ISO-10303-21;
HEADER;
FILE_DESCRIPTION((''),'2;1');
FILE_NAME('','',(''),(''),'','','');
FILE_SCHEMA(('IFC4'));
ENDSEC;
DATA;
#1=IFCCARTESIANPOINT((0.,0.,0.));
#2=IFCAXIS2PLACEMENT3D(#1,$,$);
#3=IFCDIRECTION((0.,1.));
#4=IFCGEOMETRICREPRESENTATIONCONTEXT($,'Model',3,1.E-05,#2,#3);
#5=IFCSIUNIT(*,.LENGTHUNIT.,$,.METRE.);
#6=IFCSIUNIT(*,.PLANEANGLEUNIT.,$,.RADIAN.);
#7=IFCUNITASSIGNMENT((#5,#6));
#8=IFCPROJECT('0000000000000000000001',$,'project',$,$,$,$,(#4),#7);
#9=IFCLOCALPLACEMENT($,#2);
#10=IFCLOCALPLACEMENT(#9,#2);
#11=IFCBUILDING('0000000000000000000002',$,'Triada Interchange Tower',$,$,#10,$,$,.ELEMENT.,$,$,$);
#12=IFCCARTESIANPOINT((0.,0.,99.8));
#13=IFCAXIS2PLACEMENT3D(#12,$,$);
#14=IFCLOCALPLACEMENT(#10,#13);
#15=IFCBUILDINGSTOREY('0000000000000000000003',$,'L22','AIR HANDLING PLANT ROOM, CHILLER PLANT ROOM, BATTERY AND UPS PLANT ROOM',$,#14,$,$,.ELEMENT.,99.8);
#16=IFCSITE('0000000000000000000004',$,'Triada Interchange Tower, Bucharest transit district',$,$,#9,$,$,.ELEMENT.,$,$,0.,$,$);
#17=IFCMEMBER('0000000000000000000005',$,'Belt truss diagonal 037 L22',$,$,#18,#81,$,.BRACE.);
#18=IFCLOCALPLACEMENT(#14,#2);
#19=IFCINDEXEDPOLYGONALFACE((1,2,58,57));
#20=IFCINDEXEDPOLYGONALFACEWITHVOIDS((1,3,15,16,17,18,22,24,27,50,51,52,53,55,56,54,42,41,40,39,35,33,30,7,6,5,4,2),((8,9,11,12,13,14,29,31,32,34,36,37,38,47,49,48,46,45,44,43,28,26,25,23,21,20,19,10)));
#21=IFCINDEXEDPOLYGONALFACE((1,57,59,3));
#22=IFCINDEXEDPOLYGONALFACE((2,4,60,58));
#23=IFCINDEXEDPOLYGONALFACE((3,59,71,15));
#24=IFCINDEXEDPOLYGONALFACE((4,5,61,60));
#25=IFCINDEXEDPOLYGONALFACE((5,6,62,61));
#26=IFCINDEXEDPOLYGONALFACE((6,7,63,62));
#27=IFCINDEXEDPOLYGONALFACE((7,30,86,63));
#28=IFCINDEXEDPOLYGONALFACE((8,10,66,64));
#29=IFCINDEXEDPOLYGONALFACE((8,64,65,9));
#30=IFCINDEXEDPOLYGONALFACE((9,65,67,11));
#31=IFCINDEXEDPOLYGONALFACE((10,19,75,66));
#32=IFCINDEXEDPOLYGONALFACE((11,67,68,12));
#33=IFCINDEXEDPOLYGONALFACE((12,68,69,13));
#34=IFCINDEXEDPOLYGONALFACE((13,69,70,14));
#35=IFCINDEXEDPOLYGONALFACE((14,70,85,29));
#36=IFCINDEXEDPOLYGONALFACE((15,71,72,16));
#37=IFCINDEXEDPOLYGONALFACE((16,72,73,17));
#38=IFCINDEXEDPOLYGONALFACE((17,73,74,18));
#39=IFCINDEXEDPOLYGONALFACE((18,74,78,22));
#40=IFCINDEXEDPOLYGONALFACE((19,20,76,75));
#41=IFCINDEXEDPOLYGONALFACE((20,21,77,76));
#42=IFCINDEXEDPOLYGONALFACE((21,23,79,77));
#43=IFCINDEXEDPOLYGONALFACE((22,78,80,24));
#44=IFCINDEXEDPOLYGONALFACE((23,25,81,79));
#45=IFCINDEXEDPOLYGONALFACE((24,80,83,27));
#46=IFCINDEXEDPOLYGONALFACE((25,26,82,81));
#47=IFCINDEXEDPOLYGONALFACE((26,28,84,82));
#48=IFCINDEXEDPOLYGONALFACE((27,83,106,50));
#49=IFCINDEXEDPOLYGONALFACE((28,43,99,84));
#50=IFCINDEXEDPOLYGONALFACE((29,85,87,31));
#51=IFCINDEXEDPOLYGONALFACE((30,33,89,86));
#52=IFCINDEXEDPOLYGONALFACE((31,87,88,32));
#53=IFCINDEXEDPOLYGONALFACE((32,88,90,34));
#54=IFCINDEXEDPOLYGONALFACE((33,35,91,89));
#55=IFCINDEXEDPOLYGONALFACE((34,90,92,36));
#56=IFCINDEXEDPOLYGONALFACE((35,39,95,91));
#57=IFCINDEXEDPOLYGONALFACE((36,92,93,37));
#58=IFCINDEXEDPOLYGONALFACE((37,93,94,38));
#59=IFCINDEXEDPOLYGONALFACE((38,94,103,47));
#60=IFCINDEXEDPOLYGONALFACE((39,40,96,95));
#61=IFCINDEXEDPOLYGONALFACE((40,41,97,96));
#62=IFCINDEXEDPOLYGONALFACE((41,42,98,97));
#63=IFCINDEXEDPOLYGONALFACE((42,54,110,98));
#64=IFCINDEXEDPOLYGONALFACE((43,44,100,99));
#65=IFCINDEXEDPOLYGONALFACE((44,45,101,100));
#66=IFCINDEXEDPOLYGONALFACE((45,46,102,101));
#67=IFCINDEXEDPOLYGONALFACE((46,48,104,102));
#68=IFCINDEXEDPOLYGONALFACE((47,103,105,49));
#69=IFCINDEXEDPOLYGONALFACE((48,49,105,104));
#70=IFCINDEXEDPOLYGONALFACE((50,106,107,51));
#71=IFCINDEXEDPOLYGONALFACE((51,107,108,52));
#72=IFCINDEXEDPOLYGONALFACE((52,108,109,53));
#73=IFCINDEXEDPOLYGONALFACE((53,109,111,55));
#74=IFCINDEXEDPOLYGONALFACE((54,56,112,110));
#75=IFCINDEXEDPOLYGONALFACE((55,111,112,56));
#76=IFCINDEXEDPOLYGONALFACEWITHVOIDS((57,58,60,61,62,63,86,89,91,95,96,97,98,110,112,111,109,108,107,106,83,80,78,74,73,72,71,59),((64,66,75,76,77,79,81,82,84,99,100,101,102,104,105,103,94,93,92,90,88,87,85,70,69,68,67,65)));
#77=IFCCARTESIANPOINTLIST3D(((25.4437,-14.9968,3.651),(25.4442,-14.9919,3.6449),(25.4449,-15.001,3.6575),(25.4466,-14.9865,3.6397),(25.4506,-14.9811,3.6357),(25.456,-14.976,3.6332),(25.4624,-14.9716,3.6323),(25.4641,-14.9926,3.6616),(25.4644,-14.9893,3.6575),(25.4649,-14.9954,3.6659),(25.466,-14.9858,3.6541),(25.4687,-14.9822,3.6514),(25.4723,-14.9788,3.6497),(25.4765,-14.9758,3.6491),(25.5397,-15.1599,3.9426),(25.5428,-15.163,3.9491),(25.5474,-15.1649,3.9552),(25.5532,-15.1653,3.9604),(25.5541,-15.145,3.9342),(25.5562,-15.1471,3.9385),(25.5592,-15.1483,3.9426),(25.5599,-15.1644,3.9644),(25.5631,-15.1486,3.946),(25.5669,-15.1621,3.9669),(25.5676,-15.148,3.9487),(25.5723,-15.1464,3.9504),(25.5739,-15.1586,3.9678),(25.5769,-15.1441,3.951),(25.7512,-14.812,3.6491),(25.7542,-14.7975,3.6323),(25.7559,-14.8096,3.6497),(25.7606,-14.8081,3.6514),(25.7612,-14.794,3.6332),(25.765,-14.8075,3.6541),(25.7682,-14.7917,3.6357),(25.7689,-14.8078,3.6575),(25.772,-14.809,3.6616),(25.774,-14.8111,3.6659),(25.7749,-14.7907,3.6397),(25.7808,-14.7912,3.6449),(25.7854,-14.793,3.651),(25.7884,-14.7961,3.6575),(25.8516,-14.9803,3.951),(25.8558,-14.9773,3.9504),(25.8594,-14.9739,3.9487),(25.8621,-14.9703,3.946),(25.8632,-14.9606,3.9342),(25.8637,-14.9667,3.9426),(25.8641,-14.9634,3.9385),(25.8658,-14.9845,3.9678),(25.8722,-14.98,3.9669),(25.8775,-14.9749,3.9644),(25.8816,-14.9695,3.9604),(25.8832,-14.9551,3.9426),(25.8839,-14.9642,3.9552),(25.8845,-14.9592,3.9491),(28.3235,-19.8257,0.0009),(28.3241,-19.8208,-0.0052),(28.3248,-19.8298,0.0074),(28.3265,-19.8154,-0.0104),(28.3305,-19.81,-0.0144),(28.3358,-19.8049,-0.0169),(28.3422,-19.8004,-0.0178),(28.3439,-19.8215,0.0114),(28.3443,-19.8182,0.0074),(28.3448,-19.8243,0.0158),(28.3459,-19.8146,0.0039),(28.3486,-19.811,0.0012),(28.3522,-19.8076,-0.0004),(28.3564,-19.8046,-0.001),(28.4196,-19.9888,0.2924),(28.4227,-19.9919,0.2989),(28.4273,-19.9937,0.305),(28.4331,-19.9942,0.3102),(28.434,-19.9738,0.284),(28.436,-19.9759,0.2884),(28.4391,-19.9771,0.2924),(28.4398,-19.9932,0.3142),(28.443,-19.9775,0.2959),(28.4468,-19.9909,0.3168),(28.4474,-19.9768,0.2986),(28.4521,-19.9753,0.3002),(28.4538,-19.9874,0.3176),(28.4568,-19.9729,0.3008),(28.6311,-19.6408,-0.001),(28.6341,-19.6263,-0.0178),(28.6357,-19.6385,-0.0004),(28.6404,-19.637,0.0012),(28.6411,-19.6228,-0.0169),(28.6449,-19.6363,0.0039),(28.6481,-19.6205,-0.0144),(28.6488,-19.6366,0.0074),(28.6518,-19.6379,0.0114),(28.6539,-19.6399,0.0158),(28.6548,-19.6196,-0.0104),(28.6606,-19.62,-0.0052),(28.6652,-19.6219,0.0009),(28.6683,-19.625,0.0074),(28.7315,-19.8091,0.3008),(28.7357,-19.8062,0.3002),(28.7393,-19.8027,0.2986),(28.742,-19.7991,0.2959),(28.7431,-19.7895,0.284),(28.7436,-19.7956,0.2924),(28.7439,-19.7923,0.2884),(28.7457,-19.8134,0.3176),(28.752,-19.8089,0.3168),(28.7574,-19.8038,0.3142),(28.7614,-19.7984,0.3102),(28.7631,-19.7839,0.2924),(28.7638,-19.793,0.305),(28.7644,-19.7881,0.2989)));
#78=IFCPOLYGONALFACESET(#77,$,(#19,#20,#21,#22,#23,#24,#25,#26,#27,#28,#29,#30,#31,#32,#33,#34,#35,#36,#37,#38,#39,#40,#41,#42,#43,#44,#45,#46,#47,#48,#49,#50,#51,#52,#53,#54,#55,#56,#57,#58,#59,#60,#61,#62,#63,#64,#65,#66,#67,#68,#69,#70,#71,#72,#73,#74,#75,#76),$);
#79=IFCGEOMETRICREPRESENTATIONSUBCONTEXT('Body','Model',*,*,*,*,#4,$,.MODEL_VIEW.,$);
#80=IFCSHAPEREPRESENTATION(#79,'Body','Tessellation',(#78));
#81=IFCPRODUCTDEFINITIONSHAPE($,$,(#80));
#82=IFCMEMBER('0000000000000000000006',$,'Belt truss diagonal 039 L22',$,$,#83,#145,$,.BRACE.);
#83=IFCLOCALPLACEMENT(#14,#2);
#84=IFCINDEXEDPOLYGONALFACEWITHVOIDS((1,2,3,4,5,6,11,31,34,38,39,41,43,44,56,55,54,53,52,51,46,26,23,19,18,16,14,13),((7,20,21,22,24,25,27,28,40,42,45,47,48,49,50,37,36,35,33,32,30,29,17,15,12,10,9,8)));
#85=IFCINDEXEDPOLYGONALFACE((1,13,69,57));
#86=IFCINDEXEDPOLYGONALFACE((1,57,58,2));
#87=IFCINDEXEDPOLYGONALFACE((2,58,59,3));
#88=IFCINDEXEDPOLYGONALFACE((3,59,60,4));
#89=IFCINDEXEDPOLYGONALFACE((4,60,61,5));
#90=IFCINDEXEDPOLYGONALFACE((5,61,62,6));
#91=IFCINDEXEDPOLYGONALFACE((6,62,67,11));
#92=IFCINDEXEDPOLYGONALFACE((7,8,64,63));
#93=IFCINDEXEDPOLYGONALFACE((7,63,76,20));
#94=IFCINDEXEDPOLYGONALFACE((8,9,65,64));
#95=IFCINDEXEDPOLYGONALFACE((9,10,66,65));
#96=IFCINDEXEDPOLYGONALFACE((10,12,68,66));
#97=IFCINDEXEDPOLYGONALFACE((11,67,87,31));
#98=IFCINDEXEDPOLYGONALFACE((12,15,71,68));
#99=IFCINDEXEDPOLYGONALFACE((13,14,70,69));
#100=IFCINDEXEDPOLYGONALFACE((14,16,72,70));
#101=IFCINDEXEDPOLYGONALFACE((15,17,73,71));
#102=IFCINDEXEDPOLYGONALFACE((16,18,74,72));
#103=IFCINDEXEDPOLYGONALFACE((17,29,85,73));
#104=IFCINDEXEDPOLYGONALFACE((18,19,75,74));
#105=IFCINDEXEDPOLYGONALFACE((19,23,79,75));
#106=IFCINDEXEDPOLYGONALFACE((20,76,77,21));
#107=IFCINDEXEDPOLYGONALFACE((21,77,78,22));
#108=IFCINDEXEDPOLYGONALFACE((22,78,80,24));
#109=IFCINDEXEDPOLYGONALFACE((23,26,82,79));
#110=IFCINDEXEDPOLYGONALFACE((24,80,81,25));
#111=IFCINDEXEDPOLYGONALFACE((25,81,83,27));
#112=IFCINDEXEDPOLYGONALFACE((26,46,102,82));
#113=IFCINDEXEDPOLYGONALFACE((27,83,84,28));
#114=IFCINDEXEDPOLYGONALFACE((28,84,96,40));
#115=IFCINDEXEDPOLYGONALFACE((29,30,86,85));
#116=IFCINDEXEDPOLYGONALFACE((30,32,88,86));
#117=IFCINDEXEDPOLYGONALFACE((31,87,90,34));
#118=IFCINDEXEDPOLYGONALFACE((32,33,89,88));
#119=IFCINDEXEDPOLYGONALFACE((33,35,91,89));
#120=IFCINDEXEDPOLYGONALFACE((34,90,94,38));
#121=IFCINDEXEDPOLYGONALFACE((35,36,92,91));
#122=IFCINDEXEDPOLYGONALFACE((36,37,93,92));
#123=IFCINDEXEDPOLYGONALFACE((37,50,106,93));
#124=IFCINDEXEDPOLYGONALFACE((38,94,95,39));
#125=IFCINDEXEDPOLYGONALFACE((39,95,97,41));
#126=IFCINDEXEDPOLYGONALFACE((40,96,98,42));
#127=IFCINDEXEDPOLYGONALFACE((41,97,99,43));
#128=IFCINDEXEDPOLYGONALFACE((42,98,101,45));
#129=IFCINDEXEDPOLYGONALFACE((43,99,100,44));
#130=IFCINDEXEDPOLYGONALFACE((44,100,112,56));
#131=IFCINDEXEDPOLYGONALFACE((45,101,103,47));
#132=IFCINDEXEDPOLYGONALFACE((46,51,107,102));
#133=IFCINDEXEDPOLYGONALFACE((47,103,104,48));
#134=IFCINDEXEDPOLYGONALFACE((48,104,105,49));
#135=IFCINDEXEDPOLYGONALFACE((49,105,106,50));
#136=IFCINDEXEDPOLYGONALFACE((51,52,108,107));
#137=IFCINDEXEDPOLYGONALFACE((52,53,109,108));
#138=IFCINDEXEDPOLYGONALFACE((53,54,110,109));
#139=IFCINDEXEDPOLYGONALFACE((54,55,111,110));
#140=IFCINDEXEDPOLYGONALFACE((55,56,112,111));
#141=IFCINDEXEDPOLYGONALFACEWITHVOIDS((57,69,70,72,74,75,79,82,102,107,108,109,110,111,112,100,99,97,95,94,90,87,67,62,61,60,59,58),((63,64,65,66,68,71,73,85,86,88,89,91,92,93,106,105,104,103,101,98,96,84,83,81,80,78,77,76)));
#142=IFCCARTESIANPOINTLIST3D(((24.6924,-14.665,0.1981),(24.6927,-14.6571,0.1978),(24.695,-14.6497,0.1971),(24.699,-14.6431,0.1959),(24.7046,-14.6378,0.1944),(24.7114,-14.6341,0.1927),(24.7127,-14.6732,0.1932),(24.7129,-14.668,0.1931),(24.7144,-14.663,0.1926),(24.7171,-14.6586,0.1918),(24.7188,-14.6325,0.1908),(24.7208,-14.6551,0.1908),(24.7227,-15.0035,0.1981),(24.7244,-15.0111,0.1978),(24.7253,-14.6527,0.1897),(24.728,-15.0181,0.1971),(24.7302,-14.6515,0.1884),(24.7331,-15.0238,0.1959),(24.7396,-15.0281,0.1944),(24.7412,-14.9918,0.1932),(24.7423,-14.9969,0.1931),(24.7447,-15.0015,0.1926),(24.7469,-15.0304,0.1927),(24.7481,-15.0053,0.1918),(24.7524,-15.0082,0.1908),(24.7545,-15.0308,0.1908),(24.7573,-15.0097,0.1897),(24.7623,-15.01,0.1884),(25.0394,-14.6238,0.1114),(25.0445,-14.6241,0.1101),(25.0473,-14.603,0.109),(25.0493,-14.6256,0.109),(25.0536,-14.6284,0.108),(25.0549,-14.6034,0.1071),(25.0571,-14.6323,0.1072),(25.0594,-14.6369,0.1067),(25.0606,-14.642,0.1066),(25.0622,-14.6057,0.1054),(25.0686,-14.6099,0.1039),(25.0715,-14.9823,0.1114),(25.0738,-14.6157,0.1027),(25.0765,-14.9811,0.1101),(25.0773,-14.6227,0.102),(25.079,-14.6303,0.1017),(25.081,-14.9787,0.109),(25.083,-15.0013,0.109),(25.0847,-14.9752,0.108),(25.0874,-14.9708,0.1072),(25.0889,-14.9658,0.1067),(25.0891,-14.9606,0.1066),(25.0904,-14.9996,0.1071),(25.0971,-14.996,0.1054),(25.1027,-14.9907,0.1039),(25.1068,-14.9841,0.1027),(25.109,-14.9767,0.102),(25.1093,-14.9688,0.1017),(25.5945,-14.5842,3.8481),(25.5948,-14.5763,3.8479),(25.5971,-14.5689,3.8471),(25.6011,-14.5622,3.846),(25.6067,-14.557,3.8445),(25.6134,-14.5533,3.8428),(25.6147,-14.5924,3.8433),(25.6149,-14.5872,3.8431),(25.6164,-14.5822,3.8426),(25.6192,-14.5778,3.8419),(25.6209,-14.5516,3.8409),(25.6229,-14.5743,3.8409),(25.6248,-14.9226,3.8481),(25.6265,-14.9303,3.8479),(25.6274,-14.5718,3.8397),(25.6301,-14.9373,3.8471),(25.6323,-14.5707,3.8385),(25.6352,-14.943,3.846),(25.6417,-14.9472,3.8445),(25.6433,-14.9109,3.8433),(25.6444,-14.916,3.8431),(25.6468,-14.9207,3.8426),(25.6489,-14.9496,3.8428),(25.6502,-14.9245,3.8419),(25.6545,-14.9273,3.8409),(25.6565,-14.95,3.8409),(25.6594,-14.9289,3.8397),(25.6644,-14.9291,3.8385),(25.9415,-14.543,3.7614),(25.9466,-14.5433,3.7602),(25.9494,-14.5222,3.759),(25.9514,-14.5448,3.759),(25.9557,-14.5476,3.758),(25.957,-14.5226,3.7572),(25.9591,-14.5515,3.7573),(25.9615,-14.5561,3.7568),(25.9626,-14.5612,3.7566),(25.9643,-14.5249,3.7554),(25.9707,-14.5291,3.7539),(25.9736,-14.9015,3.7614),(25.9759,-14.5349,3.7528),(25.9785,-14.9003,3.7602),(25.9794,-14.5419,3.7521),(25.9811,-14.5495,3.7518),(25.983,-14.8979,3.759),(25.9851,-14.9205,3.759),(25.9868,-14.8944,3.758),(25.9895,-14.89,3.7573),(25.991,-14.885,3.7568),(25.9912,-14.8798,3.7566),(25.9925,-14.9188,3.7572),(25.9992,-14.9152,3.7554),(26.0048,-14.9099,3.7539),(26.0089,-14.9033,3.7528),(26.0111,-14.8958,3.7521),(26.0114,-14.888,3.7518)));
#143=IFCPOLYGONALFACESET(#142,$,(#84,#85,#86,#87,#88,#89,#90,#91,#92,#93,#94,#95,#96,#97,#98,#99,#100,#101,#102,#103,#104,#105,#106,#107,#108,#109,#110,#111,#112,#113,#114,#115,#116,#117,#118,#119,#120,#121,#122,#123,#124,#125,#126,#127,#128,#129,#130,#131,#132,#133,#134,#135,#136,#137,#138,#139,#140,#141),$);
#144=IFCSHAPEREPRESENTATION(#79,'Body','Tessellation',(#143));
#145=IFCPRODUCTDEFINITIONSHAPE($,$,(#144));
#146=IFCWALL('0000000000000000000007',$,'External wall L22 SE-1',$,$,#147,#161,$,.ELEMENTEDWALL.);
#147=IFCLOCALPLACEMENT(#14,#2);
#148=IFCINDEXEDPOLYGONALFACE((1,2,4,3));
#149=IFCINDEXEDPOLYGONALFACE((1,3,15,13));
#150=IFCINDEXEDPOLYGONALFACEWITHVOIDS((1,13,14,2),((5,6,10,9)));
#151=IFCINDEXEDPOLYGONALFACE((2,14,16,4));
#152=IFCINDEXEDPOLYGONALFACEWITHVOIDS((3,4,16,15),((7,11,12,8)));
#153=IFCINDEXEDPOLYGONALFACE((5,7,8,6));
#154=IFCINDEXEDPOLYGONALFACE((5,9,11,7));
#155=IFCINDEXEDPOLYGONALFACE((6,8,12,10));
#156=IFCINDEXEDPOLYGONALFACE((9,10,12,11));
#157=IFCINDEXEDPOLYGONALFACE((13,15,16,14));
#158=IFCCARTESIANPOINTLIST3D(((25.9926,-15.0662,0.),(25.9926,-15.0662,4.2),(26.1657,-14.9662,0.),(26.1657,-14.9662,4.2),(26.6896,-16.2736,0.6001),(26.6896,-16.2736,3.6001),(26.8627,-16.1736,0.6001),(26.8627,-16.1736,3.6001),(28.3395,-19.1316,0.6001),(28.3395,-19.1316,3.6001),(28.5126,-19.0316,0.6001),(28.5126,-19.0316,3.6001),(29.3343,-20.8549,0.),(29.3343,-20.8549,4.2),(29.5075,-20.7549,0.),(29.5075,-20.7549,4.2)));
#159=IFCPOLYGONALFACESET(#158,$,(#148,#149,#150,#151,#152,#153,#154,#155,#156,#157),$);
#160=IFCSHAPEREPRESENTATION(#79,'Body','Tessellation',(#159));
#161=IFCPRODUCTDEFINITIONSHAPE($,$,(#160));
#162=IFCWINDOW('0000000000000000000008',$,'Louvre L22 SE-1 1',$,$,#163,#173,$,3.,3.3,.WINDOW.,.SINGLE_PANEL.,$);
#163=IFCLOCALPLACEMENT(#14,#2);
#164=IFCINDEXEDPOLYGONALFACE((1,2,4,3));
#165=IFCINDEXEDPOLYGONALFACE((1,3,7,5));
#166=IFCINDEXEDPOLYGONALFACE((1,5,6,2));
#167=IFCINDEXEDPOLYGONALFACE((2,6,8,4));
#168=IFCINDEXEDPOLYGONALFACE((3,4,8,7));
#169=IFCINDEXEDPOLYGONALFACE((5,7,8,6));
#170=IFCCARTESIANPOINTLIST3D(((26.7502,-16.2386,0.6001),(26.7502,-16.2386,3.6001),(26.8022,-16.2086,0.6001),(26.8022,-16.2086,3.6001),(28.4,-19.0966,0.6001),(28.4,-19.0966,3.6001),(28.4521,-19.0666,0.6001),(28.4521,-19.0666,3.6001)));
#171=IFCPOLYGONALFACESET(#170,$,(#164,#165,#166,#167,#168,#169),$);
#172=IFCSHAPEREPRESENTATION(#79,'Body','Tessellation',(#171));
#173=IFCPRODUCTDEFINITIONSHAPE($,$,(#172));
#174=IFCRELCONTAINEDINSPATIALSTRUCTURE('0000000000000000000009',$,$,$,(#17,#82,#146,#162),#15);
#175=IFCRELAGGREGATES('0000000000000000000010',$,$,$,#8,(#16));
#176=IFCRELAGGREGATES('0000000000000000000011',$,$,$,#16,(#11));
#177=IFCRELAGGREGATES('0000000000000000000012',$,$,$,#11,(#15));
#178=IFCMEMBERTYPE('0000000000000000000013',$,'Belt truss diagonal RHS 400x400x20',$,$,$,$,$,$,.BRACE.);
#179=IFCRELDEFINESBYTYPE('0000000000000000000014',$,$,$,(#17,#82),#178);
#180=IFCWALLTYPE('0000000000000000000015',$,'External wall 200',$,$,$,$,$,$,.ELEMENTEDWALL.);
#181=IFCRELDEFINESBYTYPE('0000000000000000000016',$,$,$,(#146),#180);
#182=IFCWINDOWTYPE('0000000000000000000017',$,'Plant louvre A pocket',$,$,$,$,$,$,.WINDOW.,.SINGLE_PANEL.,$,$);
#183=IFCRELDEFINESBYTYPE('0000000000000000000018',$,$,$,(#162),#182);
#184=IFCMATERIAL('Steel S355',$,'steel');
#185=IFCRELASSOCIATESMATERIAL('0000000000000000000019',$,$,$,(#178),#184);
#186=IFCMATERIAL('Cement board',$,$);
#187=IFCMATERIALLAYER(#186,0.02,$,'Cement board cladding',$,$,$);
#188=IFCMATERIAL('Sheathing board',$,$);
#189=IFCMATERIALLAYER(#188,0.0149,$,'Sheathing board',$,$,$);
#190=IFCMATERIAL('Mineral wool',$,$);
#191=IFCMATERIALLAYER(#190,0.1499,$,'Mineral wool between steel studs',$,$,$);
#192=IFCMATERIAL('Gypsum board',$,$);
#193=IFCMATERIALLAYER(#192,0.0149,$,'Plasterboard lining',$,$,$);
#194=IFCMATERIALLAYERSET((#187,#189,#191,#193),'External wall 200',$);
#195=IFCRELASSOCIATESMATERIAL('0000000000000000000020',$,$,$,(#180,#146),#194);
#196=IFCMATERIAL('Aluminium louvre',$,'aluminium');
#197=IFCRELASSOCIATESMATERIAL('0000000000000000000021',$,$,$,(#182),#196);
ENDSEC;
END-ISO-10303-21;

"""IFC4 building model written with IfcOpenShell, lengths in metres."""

from ifc_helpers import new_model, si_unit, direction, frame, frame_2d, origin, origin_2d, place, context, subcontext, project, spatial, rectangle, hollow_rectangle, extrude, material, layer, layer_set, layer_usage, material_profile, profile_set, type_object, element, fill, save


model = new_model("IFC4")

# Units and contexts
model_context = context("Model", 3, precision=1e-05, world=origin(), true_north=direction((0.0, 1.0)))
body_context = subcontext(model_context, "Body", "Model", "MODEL_VIEW")
ifc_project = project(units=[si_unit("LENGTHUNIT", "METRE"), si_unit("PLANEANGLEUNIT", "RADIAN")], contexts=[model_context])

# Site, building, storey
site_placement = place(None, origin())
site = spatial("IfcSite", under=ifc_project, at=site_placement, Name="Triada Interchange Tower, Bucharest transit district", CompositionType="ELEMENT", RefElevation=0.0)
building_placement = place(site_placement, origin())
building = spatial("IfcBuilding", under=site, at=building_placement, Name="Triada Interchange Tower", CompositionType="ELEMENT")
storey_placement = place(building_placement, frame((0.0, 0.0, 99.8)))
storey = spatial("IfcBuildingStorey", under=building, at=storey_placement, Name="L22", Description="AIR HANDLING PLANT ROOM, CHILLER PLANT ROOM, BATTERY AND UPS PLANT ROOM", CompositionType="ELEMENT", Elevation=99.8)

# Members
ifc_material_1 = material(Name="Steel S355", Category="steel")
ifc_material_profile_1 = material_profile(ifc_material_1, hollow_rectangle(XDim=0.3999, YDim=0.3999, WallThickness=0.02, InnerFilletRadius=0.02, OuterFilletRadius=0.03, at=origin_2d()), Name="RHS 400x400x20")
ifc_profile_set_1 = profile_set([ifc_material_profile_1], Name="Steel S355")
member_type = type_object("IfcMemberType", Name="Belt truss diagonal RHS 400x400x20", PredefinedType="BRACE", material=ifc_profile_set_1)
member_1_placement = place(storey_placement, frame((28.5439, -19.8069, 0.1499), z_axis=(-0.429617, 0.720363, 0.544524), x_axis=(-0.858858, -0.512214, 0.0)))
element("IfcMember", 1, at=member_1_placement, inside=storey, type_object=member_type, Name="Belt truss diagonal 037 L22", PredefinedType="BRACE", context=body_context, shape_type="SweptSolid", body=[
    extrude(hollow_rectangle(XDim=0.3999, YDim=0.3999, WallThickness=0.02, InnerFilletRadius=0.02, OuterFilletRadius=0.03, at=origin_2d()), origin(), (0.0, 0.0, 1.0), 6.7034),
])
member_2_placement = place(storey_placement, frame((24.9009, -14.8169, 0.1499), z_axis=(0.239867, 0.021487, 0.970568), x_axis=(-0.089223, 0.996012, 0.0)))
element("IfcMember", 2, at=member_2_placement, inside=storey, type_object=member_type, Name="Belt truss diagonal 039 L22", PredefinedType="BRACE", context=body_context, shape_type="SweptSolid", body=[
    extrude(hollow_rectangle(XDim=0.3999, YDim=0.3999, WallThickness=0.02, InnerFilletRadius=0.02, OuterFilletRadius=0.03, at=origin_2d()), origin(), (0.0, 0.0, 1.0), 3.7607),
])

# Wall, opening, window
ifc_material_2 = material(Name="Cement board")
ifc_layer_1 = layer(ifc_material_2, 0.02, Name="Cement board cladding")
ifc_material_3 = material(Name="Sheathing board")
ifc_layer_2 = layer(ifc_material_3, 0.0149, Name="Sheathing board")
ifc_material_4 = material(Name="Mineral wool")
ifc_layer_3 = layer(ifc_material_4, 0.1499, Name="Mineral wool between steel studs")
ifc_material_5 = material(Name="Gypsum board")
ifc_layer_4 = layer(ifc_material_5, 0.0149, Name="Plasterboard lining")
ifc_layer_set_1 = layer_set([ifc_layer_1, ifc_layer_2, ifc_layer_3, ifc_layer_4], Name="External wall 200")
ifc_layer_usage = layer_usage(ifc_layer_set_1, "AXIS2", "POSITIVE", -0.1001)
wall_type = type_object("IfcWallType", Name="External wall 200", PredefinedType="ELEMENTEDWALL", material=ifc_layer_set_1)
wall_1_placement = place(storey_placement, frame((29.4209, -20.8049, 0.0), z_axis=(0.0, 0.0, 1.0), x_axis=(-0.499957, 0.86605, 0.0)))
wall_1 = element("IfcWall", 3, at=wall_1_placement, inside=storey, type_object=wall_type, material=ifc_layer_usage, Name="External wall L22 SE-1", PredefinedType="ELEMENTEDWALL", context=body_context, shape_type="SweptSolid", body=[
    extrude(rectangle(XDim=6.6841, YDim=0.2, at=frame_2d((3.342, 0.0))), origin(), (0.0, 0.0, 1.0), 4.2),
])
opening_1_placement = place(wall_1_placement, frame((1.99, 0.0, 0.6001)))
opening_1 = element("IfcOpeningElement", 4, at=opening_1_placement, cuts=wall_1, PredefinedType="OPENING", context=body_context, shape_type="SweptSolid", body=[
    extrude(rectangle(XDim=3.3, YDim=3.0, at=frame_2d((1.6499, 1.5))), frame((0.0, 0.1099, 0.0), z_axis=(0.0, -1.0, 0.0), x_axis=(1.0, 0.0, 0.0)), (0.0, 0.0, 1.0), 0.22),
])
ifc_material_6 = material(Name="Aluminium louvre", Category="aluminium")
window_type_1 = type_object("IfcWindowType", Name="Plant louvre A pocket", PartitioningType="SINGLE_PANEL", PredefinedType="WINDOW", material=ifc_material_6)
window_1_placement = place(opening_1_placement, origin())
window_1 = element("IfcWindow", 5, at=window_1_placement, inside=storey, type_object=window_type_1, Name="Louvre L22 SE-1 1", OverallHeight=3.0, OverallWidth=3.3, PartitioningType="SINGLE_PANEL", PredefinedType="WINDOW", context=body_context, shape_type="SweptSolid", body=[
    extrude(rectangle(XDim=3.3, YDim=3.0, at=frame_2d((1.6499, 1.5))), frame((0.0, 0.03, 0.0), z_axis=(0.0, -1.0, 0.0), x_axis=(1.0, 0.0, 0.0)), (0.0, 0.0, 1.0), 0.0601),
])
fill(opening_1, window_1)

save(model, "model.ifc")
